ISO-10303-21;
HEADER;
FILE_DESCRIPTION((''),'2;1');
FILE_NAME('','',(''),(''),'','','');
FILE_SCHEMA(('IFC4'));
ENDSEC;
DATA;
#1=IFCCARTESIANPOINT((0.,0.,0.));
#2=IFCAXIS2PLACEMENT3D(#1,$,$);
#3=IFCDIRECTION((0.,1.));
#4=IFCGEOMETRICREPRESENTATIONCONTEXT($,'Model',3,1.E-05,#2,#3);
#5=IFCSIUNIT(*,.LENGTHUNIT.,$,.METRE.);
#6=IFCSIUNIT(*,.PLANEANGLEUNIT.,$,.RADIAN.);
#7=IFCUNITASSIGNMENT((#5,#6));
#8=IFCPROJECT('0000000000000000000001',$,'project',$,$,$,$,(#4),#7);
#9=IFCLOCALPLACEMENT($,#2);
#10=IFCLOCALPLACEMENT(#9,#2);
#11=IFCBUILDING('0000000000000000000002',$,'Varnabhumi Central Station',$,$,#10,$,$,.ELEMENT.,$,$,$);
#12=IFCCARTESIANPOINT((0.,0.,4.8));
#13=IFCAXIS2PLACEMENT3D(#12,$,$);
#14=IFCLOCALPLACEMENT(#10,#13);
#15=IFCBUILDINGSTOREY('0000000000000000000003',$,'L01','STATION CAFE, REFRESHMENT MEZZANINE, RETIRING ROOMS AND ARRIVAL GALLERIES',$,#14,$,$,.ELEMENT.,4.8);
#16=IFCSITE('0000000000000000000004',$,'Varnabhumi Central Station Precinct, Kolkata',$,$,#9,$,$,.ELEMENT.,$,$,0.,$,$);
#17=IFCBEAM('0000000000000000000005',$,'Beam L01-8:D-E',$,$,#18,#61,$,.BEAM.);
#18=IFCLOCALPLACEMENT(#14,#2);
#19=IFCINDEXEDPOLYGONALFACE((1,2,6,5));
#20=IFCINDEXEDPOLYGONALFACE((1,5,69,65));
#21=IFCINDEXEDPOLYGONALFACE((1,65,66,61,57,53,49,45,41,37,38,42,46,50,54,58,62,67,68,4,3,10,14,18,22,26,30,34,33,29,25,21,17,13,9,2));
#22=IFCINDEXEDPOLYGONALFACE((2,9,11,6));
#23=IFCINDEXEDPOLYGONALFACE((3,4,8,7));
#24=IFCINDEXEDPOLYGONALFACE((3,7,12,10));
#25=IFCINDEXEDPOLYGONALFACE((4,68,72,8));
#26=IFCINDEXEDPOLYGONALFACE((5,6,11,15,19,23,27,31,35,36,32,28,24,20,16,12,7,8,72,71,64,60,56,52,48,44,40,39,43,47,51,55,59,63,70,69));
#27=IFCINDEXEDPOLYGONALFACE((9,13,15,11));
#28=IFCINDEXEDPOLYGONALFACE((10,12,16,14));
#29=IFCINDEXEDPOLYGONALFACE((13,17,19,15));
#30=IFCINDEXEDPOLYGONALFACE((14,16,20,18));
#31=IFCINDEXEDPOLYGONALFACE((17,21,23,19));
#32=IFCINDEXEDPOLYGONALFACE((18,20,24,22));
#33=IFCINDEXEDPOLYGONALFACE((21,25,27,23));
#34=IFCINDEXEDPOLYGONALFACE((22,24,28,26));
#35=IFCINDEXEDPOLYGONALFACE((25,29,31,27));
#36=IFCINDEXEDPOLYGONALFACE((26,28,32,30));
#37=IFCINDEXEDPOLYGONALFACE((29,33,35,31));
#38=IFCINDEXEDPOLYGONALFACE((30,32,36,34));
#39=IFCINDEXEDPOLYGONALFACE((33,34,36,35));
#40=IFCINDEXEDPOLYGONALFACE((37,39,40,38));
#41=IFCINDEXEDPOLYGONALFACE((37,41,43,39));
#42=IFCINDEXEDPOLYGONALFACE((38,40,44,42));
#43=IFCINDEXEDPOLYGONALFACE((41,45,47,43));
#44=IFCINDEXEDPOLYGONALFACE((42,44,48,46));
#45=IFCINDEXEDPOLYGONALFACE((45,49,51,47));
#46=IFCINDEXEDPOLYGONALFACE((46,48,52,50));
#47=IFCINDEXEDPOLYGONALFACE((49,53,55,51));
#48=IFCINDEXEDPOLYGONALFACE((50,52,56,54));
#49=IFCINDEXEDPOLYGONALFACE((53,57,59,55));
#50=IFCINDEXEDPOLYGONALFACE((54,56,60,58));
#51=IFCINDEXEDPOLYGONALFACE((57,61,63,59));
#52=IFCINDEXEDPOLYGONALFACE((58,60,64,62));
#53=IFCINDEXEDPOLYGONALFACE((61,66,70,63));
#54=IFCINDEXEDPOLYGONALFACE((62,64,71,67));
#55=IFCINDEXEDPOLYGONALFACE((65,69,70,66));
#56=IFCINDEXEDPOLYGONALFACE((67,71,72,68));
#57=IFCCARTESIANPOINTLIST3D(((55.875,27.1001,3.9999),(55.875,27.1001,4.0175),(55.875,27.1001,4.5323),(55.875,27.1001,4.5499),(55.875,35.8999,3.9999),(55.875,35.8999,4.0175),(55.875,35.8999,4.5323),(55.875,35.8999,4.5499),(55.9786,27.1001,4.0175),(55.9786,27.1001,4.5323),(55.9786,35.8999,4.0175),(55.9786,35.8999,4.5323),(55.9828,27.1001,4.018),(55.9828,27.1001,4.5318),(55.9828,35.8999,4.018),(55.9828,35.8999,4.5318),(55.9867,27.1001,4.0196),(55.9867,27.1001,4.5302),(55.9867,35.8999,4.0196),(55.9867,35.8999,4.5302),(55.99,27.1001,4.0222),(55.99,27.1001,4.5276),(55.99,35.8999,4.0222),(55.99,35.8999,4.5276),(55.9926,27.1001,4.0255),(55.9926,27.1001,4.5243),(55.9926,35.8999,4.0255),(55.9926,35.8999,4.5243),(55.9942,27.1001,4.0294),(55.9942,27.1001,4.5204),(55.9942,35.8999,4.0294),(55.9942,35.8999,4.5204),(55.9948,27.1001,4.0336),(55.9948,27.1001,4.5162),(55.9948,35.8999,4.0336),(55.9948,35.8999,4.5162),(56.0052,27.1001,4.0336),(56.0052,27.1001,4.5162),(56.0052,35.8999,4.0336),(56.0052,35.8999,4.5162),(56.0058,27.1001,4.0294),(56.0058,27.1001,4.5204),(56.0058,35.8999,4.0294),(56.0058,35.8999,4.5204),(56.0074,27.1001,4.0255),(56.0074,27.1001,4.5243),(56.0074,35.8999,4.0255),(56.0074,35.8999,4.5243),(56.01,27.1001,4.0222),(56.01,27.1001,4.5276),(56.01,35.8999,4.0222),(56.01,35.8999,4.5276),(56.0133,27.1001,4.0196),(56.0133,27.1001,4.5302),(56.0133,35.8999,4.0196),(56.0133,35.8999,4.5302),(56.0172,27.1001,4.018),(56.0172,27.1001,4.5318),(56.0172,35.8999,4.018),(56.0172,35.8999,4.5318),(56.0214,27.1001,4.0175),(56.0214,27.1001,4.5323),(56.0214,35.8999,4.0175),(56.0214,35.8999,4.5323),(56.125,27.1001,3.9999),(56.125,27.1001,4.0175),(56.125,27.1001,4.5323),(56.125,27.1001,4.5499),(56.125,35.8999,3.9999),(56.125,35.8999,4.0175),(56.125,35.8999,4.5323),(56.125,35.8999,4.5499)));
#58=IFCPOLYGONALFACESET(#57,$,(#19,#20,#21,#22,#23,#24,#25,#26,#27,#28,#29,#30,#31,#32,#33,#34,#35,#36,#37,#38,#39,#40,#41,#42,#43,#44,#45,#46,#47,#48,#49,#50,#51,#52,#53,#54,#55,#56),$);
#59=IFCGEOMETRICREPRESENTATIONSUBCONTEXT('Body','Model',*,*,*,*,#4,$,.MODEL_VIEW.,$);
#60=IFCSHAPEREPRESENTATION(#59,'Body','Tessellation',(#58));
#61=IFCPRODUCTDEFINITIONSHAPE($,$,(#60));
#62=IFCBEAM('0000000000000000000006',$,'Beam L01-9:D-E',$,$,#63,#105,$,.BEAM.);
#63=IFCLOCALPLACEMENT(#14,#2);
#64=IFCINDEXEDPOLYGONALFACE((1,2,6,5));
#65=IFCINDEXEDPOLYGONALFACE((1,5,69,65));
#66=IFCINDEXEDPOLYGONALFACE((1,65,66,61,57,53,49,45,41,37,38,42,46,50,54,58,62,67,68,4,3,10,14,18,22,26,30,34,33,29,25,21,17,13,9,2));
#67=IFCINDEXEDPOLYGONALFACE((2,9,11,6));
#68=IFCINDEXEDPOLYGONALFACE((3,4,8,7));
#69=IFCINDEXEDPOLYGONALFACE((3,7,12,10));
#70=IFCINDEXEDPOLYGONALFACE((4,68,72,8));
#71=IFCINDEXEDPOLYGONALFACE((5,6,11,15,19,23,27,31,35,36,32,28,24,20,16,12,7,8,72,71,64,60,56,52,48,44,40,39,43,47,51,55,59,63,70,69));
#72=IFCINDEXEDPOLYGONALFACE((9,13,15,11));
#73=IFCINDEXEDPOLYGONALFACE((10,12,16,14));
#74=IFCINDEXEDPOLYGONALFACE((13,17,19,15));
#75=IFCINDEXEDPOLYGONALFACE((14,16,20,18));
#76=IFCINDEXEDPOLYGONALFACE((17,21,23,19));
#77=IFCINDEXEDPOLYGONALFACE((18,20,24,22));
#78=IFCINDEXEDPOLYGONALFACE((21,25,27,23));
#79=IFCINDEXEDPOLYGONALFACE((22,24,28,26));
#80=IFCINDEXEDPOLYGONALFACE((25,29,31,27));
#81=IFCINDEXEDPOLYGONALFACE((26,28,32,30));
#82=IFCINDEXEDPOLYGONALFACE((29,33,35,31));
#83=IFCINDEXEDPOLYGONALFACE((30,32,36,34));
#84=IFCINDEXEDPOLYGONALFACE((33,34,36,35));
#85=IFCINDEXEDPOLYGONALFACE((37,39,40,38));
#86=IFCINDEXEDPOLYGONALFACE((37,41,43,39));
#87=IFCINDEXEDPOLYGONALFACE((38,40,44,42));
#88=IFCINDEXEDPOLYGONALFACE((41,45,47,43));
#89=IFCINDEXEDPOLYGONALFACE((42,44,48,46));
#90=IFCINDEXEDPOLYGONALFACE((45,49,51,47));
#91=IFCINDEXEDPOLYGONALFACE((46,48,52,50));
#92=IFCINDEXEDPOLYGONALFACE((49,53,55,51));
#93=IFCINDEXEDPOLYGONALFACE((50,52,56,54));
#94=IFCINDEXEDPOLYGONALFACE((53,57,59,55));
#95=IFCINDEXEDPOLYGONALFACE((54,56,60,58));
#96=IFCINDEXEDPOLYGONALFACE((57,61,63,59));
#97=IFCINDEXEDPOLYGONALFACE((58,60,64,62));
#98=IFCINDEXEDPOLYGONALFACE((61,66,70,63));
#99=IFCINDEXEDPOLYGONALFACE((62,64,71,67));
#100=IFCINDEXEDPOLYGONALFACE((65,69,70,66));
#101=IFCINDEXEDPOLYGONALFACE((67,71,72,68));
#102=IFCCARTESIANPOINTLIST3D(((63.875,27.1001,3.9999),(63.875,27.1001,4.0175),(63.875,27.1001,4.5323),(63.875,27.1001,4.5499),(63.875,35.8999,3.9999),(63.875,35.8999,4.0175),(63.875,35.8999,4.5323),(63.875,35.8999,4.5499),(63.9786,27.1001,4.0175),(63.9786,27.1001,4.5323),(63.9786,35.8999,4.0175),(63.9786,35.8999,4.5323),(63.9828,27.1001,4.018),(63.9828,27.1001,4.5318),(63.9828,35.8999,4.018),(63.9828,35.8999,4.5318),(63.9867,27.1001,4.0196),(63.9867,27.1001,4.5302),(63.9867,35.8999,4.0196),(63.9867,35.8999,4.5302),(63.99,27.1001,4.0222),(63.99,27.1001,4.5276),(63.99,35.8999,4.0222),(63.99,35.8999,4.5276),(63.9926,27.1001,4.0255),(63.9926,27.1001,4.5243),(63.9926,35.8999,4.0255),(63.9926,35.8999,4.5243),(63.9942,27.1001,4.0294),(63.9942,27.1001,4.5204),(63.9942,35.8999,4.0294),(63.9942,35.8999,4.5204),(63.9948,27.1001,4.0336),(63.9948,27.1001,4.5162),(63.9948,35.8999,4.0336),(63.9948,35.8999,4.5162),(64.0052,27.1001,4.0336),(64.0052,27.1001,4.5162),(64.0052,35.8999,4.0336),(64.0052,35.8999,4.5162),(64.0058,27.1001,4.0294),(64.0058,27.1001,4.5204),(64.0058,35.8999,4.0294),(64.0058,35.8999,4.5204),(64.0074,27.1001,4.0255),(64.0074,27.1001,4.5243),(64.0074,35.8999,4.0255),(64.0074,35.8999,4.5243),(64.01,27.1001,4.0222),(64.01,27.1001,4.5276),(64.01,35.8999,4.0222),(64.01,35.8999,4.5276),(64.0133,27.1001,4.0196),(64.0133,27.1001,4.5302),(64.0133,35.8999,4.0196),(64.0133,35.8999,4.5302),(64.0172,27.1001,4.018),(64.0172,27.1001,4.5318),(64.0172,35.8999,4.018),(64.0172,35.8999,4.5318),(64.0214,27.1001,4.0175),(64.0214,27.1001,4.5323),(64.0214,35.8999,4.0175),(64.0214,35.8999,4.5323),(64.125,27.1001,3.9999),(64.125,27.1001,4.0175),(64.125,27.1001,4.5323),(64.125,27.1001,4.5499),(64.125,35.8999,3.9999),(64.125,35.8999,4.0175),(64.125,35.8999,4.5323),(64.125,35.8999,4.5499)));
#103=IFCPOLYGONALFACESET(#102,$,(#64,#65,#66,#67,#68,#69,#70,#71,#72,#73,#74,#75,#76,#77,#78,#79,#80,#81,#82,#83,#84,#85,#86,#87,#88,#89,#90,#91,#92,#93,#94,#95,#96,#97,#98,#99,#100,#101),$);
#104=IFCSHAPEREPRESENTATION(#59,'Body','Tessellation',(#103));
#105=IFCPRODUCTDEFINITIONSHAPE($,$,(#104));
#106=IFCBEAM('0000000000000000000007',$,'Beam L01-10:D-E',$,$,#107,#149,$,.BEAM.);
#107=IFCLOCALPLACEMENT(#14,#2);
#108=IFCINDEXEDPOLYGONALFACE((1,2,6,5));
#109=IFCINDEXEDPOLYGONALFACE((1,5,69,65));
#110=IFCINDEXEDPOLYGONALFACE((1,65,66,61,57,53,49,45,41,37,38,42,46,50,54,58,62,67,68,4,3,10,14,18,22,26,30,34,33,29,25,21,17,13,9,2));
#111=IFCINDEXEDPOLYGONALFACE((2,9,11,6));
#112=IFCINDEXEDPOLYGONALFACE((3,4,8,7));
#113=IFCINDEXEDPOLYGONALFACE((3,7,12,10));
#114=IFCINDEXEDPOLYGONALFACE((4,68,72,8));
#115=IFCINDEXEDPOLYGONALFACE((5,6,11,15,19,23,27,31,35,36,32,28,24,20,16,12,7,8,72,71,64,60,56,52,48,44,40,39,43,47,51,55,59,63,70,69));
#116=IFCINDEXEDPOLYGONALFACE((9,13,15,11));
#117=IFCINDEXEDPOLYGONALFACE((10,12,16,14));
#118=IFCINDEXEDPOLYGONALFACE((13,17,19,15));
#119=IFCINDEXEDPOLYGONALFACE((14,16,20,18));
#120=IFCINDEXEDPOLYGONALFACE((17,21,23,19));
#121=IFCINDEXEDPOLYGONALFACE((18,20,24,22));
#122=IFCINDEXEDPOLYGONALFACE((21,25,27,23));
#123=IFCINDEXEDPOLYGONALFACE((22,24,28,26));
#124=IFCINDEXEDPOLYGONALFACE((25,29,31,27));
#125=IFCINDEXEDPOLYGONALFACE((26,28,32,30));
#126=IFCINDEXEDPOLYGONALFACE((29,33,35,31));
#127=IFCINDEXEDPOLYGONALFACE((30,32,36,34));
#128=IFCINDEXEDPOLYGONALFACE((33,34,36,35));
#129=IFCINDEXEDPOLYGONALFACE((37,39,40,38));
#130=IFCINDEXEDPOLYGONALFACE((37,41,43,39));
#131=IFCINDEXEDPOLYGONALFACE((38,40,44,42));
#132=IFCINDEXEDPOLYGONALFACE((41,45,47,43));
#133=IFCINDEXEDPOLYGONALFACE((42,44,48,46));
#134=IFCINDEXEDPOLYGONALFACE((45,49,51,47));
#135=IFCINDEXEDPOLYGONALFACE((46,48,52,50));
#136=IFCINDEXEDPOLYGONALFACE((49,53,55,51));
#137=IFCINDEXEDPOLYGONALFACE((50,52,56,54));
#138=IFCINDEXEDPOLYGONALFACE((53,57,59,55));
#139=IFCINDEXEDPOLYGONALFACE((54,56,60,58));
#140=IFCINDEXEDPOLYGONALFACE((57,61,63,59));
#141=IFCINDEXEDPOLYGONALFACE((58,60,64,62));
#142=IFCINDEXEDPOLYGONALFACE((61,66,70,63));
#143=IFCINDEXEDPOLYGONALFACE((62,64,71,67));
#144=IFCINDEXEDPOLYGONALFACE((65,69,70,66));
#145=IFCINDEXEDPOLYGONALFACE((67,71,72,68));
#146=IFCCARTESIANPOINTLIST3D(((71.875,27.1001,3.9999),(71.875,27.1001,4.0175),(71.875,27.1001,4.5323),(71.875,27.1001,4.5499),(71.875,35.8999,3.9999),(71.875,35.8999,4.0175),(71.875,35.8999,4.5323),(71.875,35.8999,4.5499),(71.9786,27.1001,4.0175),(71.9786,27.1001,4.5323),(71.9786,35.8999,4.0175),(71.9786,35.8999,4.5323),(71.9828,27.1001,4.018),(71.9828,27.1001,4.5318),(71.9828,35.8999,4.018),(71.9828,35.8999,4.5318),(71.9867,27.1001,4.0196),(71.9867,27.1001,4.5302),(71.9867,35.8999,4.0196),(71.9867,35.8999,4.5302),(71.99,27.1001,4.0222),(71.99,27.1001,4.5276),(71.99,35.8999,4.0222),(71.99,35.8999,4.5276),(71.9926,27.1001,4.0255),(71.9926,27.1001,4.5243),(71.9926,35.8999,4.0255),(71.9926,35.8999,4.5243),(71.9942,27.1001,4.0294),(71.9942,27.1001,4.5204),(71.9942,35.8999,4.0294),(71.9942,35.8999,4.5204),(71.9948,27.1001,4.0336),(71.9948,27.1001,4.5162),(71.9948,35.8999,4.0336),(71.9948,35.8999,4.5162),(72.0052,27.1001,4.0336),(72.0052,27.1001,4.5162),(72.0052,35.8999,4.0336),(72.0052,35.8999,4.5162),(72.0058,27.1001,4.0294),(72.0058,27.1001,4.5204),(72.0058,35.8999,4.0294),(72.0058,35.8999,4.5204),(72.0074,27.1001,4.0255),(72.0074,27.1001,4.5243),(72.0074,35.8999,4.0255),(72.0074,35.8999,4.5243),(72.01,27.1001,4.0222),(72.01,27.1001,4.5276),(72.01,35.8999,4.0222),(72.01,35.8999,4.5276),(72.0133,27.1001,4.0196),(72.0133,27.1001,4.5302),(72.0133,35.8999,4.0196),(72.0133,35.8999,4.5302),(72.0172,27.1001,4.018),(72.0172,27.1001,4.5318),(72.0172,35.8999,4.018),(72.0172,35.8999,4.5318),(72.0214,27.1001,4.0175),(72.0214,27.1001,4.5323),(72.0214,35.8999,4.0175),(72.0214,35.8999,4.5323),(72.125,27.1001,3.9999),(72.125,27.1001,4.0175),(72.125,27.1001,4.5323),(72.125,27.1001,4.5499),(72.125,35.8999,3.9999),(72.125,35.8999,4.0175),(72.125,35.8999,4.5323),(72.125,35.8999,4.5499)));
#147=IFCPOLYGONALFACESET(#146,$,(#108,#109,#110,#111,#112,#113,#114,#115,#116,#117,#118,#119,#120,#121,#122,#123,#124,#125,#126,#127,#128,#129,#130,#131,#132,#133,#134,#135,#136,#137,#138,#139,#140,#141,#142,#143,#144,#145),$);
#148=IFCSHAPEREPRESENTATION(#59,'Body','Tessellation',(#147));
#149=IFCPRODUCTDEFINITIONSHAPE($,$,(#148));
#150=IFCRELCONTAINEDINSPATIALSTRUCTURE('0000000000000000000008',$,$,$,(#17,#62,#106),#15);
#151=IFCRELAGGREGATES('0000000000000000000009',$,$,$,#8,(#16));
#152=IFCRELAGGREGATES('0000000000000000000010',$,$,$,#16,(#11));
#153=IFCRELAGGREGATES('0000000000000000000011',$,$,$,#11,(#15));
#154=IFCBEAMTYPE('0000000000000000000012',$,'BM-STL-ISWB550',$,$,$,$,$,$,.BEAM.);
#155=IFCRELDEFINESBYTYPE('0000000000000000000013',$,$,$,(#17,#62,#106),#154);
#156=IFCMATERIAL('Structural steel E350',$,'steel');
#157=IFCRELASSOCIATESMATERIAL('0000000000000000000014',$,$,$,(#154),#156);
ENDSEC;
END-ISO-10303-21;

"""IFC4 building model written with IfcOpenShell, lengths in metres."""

from ifc_helpers import new_model, si_unit, direction, frame, origin, origin_2d, place, context, subcontext, project, spatial, i_section, extrude, material, material_profile, profile_set, type_object, element, save


model = new_model("IFC4")

# Units and contexts
model_context = context("Model", 3, precision=1e-05, world=origin(), true_north=direction((0.0, 1.0)))
body_context = subcontext(model_context, "Body", "Model", "MODEL_VIEW")
ifc_project = project(units=[si_unit("LENGTHUNIT", "METRE"), si_unit("PLANEANGLEUNIT", "RADIAN")], contexts=[model_context])

# Site, building, storey
site_placement = place(None, origin())
site = spatial("IfcSite", under=ifc_project, at=site_placement, Name="Varnabhumi Central Station Precinct, Kolkata", CompositionType="ELEMENT", RefElevation=0.0)
building_placement = place(site_placement, origin())
building = spatial("IfcBuilding", under=site, at=building_placement, Name="Varnabhumi Central Station", CompositionType="ELEMENT")
storey_placement = place(building_placement, frame((0.0, 0.0, 4.8)))
storey = spatial("IfcBuildingStorey", under=building, at=storey_placement, Name="L01", Description="STATION CAFE, REFRESHMENT MEZZANINE, RETIRING ROOMS AND ARRIVAL GALLERIES", CompositionType="ELEMENT", Elevation=4.8)

# Beams
ifc_material_1 = material(Name="Structural steel E350", Category="steel")
ifc_material_profile_1 = material_profile(ifc_material_1, i_section(OverallWidth=0.25, OverallDepth=0.55, WebThickness=0.0105, FlangeThickness=0.0176, FilletRadius=0.0161, at=origin_2d()), Name="Structural steel E350", Category="steel")
ifc_profile_set_1 = profile_set([ifc_material_profile_1], Name="Structural steel E350")
beam_type_1 = type_object("IfcBeamType", Name="BM-STL-ISWB550", PredefinedType="BEAM", material=ifc_profile_set_1)
for number, where, z_axis, x_axis, name in (
    (1, (56.0, 27.1001, 4.2749), (0.0, 1.0, 0.0), (-1.0, 0.0, 0.0), "Beam L01-8:D-E"),
    (2, (64.0, 27.1001, 4.2749), (0.0, 1.0, 0.0), (-1.0, 0.0, 0.0), "Beam L01-9:D-E"),
    (3, (72.0, 27.1001, 4.2749), (0.0, 1.0, 0.0), (-1.0, 0.0, 0.0), "Beam L01-10:D-E"),
):
    element("IfcBeam", number, at=place(storey_placement, frame(where, z_axis=z_axis, x_axis=x_axis)), inside=storey, type_object=beam_type_1, Name=name, PredefinedType="BEAM", context=body_context, shape_type="SweptSolid", body=[
        extrude(i_section(OverallWidth=0.25, OverallDepth=0.55, WebThickness=0.0105, FlangeThickness=0.0176, FilletRadius=0.0161, at=origin_2d()), origin(), (0.0, 0.0, 1.0), 8.7998),
    ])

save(model, "model.ifc")
